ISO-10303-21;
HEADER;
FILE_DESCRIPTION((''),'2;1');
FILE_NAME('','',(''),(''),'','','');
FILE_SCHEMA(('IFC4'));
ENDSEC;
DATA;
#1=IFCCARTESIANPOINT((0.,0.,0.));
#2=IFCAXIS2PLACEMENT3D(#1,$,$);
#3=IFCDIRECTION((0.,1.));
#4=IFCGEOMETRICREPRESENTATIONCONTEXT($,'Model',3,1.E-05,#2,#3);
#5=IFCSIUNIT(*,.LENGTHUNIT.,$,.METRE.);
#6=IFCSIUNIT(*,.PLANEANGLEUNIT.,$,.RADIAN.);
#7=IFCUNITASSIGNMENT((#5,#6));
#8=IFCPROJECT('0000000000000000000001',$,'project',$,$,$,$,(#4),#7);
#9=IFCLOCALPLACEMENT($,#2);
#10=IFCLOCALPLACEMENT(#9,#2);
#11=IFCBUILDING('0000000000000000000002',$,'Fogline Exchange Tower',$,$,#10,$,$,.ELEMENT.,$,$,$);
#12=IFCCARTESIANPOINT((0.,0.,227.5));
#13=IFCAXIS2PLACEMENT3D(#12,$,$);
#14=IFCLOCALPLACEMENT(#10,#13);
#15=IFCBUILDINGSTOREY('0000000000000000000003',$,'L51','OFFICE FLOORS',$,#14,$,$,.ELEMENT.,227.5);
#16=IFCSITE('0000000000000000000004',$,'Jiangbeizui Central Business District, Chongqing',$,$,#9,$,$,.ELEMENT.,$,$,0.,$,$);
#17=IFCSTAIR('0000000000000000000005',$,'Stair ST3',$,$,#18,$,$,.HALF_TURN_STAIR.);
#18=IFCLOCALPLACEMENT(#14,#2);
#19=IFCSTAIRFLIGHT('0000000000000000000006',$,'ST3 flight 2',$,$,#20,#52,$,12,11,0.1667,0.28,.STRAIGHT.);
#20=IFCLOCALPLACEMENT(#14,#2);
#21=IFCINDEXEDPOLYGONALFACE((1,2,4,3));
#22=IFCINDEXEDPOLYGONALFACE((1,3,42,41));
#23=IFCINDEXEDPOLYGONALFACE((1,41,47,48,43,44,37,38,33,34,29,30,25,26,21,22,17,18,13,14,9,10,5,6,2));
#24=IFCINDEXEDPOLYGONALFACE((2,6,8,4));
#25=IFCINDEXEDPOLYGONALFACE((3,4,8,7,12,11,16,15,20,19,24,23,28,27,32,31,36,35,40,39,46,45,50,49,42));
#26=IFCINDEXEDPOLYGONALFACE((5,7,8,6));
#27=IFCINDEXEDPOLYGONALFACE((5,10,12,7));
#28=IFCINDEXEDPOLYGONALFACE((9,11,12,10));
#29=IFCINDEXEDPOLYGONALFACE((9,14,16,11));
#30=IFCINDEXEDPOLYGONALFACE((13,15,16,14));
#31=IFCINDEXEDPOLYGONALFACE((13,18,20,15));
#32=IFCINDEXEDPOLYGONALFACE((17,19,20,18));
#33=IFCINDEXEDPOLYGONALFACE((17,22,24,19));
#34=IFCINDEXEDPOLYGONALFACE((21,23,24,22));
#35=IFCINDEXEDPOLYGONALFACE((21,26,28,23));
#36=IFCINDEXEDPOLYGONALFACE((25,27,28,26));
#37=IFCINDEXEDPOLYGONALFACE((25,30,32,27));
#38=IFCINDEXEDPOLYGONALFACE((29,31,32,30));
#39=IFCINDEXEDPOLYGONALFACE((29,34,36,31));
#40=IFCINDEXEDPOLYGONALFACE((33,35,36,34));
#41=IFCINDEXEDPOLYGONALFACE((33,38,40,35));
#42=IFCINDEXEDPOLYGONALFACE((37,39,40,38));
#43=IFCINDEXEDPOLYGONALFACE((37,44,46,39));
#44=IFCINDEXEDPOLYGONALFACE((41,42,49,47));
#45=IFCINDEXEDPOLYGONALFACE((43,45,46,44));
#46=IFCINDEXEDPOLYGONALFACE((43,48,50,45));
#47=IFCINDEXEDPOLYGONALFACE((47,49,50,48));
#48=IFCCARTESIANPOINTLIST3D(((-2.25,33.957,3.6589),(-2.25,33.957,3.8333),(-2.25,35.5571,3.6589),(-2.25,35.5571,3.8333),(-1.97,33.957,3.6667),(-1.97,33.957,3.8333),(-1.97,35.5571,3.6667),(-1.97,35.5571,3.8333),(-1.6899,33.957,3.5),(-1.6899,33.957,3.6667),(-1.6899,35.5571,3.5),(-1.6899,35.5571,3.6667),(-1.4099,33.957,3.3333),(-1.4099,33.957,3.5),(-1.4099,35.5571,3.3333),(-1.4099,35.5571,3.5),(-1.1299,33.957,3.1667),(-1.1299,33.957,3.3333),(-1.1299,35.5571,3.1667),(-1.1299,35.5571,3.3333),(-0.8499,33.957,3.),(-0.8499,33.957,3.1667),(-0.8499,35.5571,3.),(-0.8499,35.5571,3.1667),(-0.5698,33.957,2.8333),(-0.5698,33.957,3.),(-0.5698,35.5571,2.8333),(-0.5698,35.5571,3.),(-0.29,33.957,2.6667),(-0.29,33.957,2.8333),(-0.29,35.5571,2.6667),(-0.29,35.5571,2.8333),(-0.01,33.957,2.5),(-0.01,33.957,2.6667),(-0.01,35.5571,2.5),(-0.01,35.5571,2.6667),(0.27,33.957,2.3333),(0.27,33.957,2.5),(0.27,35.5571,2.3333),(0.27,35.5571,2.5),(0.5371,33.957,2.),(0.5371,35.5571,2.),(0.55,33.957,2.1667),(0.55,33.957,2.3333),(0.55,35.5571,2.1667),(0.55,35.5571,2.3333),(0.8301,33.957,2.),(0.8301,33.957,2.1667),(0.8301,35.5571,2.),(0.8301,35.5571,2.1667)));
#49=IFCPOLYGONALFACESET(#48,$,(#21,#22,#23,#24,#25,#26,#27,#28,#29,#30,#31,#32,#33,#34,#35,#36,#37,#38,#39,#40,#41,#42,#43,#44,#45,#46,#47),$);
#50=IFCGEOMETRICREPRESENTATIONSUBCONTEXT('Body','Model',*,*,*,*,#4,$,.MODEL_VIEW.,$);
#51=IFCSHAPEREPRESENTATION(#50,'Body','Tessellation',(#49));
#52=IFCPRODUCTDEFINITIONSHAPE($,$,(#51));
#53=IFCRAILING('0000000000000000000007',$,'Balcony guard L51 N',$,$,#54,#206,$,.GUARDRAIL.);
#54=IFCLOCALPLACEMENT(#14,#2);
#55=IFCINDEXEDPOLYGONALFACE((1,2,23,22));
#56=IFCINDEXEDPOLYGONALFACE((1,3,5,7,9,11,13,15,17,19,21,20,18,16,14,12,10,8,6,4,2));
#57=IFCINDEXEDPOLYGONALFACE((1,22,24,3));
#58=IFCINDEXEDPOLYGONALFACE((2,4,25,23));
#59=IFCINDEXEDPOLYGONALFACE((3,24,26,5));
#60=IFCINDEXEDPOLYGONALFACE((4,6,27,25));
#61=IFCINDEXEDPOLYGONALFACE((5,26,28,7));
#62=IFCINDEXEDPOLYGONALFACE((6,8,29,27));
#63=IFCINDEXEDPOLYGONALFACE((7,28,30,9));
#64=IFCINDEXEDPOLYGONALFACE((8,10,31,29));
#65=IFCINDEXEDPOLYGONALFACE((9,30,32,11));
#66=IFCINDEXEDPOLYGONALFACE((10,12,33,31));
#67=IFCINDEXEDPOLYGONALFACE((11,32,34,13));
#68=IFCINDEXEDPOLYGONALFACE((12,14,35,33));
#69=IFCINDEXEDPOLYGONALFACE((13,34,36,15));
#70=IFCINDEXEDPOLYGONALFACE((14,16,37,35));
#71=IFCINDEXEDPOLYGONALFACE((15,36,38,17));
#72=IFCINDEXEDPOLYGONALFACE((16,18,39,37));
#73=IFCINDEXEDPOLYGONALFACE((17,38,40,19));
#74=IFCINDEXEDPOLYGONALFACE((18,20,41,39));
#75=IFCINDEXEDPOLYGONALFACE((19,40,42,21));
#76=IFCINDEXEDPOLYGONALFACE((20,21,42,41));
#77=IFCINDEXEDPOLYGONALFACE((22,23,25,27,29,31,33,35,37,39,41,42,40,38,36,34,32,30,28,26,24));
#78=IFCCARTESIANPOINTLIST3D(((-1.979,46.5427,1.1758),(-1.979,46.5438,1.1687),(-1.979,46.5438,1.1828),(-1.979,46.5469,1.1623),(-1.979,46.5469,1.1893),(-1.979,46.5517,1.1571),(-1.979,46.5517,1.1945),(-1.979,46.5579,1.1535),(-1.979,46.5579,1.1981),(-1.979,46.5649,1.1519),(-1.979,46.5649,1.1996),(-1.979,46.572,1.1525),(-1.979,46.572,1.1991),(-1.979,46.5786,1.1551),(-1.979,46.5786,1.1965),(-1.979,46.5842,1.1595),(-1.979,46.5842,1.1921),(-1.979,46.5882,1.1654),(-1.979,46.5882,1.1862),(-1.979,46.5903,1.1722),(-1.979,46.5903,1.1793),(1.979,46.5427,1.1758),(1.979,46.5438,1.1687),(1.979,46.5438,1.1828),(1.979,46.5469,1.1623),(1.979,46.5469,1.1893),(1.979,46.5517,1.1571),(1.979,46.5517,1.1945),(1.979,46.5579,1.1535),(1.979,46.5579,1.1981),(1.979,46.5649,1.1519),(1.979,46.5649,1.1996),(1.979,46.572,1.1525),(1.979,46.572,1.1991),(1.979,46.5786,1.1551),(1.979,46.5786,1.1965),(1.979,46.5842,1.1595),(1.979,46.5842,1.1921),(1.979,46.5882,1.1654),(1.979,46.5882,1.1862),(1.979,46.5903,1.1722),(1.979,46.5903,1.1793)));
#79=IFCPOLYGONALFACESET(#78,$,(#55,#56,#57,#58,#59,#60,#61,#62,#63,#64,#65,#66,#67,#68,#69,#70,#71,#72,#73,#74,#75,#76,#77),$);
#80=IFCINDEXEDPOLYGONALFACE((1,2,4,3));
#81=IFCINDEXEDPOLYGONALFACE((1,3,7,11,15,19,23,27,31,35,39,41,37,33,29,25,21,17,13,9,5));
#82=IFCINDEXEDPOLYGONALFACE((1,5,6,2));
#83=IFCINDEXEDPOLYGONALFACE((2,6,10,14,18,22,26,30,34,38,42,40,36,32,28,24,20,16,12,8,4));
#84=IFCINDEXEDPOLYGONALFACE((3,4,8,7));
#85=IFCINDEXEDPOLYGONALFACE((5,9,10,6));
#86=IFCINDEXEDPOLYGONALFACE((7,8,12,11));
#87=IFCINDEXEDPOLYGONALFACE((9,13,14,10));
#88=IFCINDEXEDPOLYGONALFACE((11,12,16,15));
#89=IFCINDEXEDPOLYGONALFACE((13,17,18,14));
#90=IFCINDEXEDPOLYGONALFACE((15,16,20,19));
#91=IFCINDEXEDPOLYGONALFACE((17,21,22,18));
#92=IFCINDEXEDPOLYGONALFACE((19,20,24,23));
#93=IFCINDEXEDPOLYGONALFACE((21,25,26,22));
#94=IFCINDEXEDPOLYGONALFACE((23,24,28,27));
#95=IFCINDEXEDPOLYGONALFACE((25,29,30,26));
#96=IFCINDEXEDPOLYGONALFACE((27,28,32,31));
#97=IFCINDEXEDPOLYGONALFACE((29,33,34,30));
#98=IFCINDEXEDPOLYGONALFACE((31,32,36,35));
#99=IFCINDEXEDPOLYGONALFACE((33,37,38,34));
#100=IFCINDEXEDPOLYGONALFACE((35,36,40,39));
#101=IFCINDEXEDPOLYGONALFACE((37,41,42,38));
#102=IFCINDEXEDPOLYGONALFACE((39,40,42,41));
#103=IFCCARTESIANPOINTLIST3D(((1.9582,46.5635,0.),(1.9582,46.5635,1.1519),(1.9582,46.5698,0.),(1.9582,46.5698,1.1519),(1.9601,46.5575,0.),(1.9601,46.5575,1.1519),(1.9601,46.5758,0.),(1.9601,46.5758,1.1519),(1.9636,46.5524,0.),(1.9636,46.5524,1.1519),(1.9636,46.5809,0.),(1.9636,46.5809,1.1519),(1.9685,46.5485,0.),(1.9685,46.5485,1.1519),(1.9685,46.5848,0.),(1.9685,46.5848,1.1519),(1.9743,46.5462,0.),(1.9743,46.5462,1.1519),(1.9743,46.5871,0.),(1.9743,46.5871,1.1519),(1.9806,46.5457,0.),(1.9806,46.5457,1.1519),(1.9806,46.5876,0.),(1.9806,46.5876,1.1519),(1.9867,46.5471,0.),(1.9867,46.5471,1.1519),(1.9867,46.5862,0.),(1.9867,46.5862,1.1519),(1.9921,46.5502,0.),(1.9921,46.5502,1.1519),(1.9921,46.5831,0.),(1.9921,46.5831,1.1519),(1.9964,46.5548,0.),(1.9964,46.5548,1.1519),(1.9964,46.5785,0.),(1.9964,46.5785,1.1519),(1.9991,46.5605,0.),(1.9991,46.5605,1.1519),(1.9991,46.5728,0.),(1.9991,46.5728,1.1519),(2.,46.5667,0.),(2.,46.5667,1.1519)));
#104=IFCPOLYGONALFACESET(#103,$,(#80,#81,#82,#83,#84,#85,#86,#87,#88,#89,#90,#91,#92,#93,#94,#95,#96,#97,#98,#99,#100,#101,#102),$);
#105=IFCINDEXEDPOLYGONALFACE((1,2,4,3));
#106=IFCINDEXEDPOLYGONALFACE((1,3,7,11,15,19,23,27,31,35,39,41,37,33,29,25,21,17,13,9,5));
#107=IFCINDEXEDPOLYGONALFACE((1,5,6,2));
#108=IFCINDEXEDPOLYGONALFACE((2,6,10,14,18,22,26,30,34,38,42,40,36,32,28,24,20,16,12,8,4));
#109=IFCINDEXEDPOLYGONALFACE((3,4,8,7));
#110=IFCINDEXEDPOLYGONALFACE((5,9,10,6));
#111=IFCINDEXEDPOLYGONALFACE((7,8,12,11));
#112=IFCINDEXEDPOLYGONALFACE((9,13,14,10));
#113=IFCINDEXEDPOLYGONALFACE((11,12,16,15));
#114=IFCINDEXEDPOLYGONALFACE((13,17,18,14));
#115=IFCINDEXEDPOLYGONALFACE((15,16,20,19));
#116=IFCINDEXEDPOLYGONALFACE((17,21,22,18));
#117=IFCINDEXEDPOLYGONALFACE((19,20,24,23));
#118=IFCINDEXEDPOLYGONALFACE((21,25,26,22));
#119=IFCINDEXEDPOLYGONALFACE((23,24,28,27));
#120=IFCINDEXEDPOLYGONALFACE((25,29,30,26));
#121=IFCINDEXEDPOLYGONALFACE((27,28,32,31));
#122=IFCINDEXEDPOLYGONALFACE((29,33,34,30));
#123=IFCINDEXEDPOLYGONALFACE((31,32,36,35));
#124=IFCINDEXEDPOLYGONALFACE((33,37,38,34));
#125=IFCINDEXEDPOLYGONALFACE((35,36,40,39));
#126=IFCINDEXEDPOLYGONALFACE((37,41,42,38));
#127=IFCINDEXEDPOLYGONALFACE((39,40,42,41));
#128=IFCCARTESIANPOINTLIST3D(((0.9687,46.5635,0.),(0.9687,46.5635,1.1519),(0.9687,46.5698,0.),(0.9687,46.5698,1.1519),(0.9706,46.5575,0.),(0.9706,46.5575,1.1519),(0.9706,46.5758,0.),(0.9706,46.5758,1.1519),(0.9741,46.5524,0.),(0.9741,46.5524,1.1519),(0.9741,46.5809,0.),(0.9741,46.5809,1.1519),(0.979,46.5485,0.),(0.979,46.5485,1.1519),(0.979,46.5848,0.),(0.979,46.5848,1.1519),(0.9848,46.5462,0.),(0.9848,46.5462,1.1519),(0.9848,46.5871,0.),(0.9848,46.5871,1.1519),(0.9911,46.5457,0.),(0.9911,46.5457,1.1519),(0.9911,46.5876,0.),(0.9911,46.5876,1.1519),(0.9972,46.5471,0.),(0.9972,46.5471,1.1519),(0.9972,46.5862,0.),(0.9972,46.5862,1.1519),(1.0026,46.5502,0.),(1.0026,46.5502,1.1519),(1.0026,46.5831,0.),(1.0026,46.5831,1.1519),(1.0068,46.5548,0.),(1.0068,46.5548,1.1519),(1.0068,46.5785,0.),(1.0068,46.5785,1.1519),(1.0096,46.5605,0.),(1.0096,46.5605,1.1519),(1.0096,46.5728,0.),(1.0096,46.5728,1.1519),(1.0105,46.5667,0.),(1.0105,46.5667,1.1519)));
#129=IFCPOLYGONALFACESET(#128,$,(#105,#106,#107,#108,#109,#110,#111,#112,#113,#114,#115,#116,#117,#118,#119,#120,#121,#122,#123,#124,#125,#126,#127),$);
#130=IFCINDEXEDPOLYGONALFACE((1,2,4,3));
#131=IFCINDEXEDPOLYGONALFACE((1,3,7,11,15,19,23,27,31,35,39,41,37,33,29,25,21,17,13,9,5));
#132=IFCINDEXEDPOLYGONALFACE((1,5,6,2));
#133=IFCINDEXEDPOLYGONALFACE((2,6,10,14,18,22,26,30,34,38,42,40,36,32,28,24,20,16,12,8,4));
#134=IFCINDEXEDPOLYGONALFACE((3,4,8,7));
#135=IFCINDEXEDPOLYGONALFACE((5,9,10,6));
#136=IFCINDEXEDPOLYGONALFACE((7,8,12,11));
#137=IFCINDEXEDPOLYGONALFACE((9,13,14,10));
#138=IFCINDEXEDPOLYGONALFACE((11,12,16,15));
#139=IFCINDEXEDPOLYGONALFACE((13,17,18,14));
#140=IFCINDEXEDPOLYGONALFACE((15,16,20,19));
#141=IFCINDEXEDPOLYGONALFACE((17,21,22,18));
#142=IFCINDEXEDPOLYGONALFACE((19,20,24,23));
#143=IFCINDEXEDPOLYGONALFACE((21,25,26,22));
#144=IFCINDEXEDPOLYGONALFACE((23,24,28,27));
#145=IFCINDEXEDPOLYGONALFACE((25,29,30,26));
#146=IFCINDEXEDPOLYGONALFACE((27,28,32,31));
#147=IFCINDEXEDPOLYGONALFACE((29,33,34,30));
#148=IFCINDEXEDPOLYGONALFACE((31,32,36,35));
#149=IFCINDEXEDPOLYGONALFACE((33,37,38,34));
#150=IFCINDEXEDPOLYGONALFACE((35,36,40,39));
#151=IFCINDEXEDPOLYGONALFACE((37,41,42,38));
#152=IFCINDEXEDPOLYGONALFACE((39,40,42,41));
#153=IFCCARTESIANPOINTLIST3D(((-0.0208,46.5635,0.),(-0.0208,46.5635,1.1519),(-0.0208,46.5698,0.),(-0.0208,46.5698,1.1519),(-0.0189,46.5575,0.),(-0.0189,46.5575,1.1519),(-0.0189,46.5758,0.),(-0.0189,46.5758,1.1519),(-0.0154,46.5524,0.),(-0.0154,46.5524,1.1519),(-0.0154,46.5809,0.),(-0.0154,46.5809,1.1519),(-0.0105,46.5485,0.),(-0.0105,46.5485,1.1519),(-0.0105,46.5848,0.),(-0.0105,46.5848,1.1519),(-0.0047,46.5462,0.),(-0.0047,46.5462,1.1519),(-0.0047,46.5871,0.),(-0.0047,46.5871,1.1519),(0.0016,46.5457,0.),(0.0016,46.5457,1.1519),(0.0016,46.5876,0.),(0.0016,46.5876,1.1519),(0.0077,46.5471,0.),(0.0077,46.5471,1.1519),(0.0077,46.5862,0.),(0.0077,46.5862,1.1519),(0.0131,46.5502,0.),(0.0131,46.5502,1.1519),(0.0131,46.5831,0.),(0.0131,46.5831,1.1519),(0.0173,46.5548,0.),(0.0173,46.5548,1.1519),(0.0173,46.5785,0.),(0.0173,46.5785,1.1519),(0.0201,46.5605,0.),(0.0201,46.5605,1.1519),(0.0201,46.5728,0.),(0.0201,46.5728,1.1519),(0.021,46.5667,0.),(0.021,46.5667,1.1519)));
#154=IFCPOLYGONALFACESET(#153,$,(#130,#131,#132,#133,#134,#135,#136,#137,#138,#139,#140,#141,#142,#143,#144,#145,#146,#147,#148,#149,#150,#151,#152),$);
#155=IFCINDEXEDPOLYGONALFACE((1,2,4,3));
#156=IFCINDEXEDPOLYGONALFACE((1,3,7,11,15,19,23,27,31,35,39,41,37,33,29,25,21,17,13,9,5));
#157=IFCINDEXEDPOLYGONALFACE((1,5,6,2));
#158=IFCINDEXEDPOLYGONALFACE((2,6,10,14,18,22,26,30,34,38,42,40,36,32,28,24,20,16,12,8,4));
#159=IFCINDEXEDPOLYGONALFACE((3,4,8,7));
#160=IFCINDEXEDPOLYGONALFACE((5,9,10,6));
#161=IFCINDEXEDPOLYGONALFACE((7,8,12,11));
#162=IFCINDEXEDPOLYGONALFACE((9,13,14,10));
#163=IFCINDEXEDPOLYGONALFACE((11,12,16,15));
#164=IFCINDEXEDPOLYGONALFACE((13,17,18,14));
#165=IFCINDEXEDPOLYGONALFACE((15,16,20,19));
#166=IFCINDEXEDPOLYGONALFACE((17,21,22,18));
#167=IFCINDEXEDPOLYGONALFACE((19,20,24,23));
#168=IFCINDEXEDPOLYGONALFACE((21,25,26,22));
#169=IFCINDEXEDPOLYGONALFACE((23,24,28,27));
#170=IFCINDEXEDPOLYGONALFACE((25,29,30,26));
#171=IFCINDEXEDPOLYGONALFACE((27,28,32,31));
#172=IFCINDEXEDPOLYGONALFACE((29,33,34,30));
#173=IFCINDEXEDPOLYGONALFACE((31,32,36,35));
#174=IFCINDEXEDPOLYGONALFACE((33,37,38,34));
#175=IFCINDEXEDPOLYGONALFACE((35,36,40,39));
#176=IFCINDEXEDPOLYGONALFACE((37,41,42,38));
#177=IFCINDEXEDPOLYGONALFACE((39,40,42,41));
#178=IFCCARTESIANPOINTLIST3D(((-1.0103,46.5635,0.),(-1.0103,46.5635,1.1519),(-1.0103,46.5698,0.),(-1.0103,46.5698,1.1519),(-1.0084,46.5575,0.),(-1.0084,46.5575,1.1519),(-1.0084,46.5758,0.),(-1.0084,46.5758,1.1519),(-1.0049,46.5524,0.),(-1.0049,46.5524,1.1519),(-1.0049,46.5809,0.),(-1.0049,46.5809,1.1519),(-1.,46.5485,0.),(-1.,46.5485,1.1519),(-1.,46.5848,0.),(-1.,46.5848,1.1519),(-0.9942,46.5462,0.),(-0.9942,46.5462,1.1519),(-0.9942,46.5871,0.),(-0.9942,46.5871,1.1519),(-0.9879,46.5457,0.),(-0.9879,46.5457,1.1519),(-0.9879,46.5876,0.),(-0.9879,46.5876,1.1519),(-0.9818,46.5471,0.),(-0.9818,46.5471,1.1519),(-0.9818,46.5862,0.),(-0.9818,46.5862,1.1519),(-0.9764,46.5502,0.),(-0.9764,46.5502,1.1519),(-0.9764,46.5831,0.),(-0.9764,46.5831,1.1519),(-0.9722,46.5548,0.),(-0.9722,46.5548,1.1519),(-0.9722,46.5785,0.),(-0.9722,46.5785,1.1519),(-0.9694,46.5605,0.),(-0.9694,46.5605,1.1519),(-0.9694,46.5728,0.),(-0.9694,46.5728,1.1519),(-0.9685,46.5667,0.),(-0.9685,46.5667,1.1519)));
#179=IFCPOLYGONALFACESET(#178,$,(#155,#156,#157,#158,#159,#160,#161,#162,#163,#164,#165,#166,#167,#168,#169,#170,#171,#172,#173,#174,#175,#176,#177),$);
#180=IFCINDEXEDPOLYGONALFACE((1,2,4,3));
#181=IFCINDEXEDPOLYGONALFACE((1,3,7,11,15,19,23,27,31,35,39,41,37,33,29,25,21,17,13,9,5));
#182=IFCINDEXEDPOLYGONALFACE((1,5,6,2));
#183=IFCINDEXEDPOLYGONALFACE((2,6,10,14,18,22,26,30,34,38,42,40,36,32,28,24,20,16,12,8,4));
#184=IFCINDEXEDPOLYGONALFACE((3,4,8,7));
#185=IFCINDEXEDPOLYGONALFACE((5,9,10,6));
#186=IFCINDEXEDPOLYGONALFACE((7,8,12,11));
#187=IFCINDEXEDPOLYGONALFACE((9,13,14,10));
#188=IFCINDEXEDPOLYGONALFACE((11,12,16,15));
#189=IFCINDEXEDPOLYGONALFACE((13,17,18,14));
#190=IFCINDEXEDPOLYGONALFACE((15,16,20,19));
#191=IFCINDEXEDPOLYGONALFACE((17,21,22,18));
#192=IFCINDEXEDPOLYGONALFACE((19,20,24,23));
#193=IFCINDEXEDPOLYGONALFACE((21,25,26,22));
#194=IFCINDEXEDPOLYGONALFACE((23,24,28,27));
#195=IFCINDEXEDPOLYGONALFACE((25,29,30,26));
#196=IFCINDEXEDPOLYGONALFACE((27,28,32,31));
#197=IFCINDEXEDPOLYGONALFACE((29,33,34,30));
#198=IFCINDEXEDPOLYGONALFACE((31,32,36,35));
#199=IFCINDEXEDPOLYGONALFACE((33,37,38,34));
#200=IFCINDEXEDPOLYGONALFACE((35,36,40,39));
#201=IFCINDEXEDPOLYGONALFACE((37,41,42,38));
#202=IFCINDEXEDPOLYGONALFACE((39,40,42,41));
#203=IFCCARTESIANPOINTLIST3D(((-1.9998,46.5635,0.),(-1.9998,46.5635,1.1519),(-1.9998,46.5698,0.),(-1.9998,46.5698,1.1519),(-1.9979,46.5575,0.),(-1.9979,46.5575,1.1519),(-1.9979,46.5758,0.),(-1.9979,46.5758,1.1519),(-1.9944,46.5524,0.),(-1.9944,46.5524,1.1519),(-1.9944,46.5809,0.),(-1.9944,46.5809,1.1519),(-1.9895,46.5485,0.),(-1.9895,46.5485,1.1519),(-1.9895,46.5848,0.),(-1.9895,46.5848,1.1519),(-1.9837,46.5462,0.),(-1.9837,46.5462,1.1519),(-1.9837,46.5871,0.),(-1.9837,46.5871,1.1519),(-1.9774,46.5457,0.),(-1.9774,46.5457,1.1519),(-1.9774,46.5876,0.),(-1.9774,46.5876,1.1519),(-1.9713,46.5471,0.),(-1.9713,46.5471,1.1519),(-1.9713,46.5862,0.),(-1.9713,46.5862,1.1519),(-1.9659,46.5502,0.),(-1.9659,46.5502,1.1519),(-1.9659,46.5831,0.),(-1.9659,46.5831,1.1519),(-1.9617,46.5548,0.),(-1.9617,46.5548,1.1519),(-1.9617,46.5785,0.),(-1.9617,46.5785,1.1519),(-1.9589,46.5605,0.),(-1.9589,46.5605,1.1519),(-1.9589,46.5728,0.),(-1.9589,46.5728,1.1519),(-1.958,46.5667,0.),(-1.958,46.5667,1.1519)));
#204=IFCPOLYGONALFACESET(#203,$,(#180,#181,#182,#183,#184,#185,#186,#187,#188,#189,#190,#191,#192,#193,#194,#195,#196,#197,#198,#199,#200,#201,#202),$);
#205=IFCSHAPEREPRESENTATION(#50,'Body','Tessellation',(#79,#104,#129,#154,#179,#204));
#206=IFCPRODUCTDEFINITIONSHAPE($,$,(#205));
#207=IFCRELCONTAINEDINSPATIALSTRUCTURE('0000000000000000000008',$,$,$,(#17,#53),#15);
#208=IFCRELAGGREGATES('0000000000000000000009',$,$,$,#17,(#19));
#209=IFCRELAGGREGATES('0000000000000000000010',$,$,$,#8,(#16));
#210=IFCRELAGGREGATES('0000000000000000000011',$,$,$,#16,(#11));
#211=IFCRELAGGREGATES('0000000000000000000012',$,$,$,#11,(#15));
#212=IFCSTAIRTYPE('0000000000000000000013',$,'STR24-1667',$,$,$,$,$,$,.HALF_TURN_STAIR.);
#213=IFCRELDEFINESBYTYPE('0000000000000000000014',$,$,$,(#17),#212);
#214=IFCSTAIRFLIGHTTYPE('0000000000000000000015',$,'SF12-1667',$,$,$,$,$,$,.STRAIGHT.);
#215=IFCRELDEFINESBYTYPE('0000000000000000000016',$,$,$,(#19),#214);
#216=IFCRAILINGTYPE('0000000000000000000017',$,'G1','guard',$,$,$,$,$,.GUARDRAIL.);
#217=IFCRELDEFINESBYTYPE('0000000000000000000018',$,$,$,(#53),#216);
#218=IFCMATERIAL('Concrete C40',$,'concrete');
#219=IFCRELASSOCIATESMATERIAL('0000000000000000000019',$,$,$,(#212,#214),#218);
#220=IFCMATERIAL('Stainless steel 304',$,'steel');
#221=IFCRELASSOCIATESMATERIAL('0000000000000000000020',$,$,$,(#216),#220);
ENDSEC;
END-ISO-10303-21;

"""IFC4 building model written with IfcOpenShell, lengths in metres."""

from ifc_helpers import new_model, si_unit, direction, frame, origin, origin_2d, place, context, subcontext, project, spatial, polyline, circle, outline, extrude, material, type_object, element, aggregate, save


model = new_model("IFC4")

# Units and contexts
model_context = context("Model", 3, precision=1e-05, world=origin(), true_north=direction((0.0, 1.0)))
body_context = subcontext(model_context, "Body", "Model", "MODEL_VIEW")
ifc_project = project(units=[si_unit("LENGTHUNIT", "METRE"), si_unit("PLANEANGLEUNIT", "RADIAN")], contexts=[model_context])

# Site, building, storey
site_placement = place(None, origin())
site = spatial("IfcSite", under=ifc_project, at=site_placement, Name="Jiangbeizui Central Business District, Chongqing", CompositionType="ELEMENT", RefElevation=0.0)
building_placement = place(site_placement, origin())
building = spatial("IfcBuilding", under=site, at=building_placement, Name="Fogline Exchange Tower", CompositionType="ELEMENT")
storey_placement = place(building_placement, frame((0.0, 0.0, 227.5)))
storey = spatial("IfcBuildingStorey", under=building, at=storey_placement, Name="L51", Description="OFFICE FLOORS", CompositionType="ELEMENT", Elevation=227.5)

# Shared definitions
ifc_material_1 = material(Name="Concrete C40", Category="concrete")

# Stair, stair flight
stair_type = type_object("IfcStairType", Name="STR24-1667", PredefinedType="HALF_TURN_STAIR", material=ifc_material_1)
stair_placement = place(storey_placement, origin())
stair = element("IfcStair", 1, at=stair_placement, inside=storey, type_object=stair_type, Name="Stair ST3", PredefinedType="HALF_TURN_STAIR")
stair_flight_type = type_object("IfcStairFlightType", Name="SF12-1667", PredefinedType="STRAIGHT", material=ifc_material_1)
stair_flight_placement = place(storey_placement, frame((0.8301, 34.7571, 2.0), z_axis=(0.0, 0.0, 1.0), x_axis=(-1.0, 0.0, 0.0)))
stair_flight = element("IfcStairFlight", 2, at=stair_flight_placement, type_object=stair_flight_type, Name="ST3 flight 2", NumberOfRisers=12, NumberOfTreads=11, PredefinedType="STRAIGHT", RiserHeight=0.1667, TreadLength=0.28, context=body_context, shape_type="SweptSolid", body=[
    extrude(outline(polyline([(0.0, 0.0), (0.0, 0.1667), (0.28, 0.1667), (0.28, 0.3333), (0.5601, 0.3333), (0.5601, 0.5), (0.8401, 0.5), (0.8401, 0.6667), (1.1201, 0.6667), (1.1201, 0.8333), (1.3999, 0.8333), (1.3999, 1.0), (1.6799, 1.0), (1.6799, 1.1667), (1.96, 1.1667), (1.96, 1.3333), (2.24, 1.3333), (2.24, 1.5), (2.52, 1.5), (2.52, 1.6667), (2.8, 1.6667), (2.8, 1.8333), (3.0801, 1.8333), (3.0801, 2.0), (3.0801, 1.6589), (0.293, 0.0), (0.0, 0.0)])), frame((0.0, 0.8, 0.0), z_axis=(0.0, -1.0, 0.0), x_axis=(1.0, 0.0, 0.0)), (0.0, 0.0, 1.0), 1.6001),
])
aggregate(stair, [stair_flight])

# Railing
ifc_material_2 = material(Name="Stainless steel 304", Category="steel")
railing_type = type_object("IfcRailingType", Name="G1", Description="guard", PredefinedType="GUARDRAIL", material=ifc_material_2)
railing_placement = place(storey_placement, frame((1.979, 46.5667, 0.0)))
element("IfcRailing", 3, at=railing_placement, inside=storey, type_object=railing_type, Name="Balcony guard L51 N", PredefinedType="GUARDRAIL", context=body_context, shape_type="SweptSolid", body=[
    extrude(circle(Radius=0.0239, at=origin_2d()), frame((0.0, 0.0, 1.1758), z_axis=(-1.0, 0.0, 0.0), x_axis=(0.0, -1.0, 0.0)), (0.0, 0.0, 1.0), 3.958),
    extrude(circle(Radius=0.021, at=origin_2d()), origin(), (0.0, 0.0, 1.0), 1.1519),
    extrude(circle(Radius=0.021, at=origin_2d()), frame((-0.9895, 0.0, 0.0)), (0.0, 0.0, 1.0), 1.1519),
    extrude(circle(Radius=0.021, at=origin_2d()), frame((-1.979, 0.0, 0.0)), (0.0, 0.0, 1.0), 1.1519),
    extrude(circle(Radius=0.021, at=origin_2d()), frame((-2.9685, 0.0, 0.0)), (0.0, 0.0, 1.0), 1.1519),
    extrude(circle(Radius=0.021, at=origin_2d()), frame((-3.958, 0.0, 0.0)), (0.0, 0.0, 1.0), 1.1519),
])

save(model, "model.ifc")
